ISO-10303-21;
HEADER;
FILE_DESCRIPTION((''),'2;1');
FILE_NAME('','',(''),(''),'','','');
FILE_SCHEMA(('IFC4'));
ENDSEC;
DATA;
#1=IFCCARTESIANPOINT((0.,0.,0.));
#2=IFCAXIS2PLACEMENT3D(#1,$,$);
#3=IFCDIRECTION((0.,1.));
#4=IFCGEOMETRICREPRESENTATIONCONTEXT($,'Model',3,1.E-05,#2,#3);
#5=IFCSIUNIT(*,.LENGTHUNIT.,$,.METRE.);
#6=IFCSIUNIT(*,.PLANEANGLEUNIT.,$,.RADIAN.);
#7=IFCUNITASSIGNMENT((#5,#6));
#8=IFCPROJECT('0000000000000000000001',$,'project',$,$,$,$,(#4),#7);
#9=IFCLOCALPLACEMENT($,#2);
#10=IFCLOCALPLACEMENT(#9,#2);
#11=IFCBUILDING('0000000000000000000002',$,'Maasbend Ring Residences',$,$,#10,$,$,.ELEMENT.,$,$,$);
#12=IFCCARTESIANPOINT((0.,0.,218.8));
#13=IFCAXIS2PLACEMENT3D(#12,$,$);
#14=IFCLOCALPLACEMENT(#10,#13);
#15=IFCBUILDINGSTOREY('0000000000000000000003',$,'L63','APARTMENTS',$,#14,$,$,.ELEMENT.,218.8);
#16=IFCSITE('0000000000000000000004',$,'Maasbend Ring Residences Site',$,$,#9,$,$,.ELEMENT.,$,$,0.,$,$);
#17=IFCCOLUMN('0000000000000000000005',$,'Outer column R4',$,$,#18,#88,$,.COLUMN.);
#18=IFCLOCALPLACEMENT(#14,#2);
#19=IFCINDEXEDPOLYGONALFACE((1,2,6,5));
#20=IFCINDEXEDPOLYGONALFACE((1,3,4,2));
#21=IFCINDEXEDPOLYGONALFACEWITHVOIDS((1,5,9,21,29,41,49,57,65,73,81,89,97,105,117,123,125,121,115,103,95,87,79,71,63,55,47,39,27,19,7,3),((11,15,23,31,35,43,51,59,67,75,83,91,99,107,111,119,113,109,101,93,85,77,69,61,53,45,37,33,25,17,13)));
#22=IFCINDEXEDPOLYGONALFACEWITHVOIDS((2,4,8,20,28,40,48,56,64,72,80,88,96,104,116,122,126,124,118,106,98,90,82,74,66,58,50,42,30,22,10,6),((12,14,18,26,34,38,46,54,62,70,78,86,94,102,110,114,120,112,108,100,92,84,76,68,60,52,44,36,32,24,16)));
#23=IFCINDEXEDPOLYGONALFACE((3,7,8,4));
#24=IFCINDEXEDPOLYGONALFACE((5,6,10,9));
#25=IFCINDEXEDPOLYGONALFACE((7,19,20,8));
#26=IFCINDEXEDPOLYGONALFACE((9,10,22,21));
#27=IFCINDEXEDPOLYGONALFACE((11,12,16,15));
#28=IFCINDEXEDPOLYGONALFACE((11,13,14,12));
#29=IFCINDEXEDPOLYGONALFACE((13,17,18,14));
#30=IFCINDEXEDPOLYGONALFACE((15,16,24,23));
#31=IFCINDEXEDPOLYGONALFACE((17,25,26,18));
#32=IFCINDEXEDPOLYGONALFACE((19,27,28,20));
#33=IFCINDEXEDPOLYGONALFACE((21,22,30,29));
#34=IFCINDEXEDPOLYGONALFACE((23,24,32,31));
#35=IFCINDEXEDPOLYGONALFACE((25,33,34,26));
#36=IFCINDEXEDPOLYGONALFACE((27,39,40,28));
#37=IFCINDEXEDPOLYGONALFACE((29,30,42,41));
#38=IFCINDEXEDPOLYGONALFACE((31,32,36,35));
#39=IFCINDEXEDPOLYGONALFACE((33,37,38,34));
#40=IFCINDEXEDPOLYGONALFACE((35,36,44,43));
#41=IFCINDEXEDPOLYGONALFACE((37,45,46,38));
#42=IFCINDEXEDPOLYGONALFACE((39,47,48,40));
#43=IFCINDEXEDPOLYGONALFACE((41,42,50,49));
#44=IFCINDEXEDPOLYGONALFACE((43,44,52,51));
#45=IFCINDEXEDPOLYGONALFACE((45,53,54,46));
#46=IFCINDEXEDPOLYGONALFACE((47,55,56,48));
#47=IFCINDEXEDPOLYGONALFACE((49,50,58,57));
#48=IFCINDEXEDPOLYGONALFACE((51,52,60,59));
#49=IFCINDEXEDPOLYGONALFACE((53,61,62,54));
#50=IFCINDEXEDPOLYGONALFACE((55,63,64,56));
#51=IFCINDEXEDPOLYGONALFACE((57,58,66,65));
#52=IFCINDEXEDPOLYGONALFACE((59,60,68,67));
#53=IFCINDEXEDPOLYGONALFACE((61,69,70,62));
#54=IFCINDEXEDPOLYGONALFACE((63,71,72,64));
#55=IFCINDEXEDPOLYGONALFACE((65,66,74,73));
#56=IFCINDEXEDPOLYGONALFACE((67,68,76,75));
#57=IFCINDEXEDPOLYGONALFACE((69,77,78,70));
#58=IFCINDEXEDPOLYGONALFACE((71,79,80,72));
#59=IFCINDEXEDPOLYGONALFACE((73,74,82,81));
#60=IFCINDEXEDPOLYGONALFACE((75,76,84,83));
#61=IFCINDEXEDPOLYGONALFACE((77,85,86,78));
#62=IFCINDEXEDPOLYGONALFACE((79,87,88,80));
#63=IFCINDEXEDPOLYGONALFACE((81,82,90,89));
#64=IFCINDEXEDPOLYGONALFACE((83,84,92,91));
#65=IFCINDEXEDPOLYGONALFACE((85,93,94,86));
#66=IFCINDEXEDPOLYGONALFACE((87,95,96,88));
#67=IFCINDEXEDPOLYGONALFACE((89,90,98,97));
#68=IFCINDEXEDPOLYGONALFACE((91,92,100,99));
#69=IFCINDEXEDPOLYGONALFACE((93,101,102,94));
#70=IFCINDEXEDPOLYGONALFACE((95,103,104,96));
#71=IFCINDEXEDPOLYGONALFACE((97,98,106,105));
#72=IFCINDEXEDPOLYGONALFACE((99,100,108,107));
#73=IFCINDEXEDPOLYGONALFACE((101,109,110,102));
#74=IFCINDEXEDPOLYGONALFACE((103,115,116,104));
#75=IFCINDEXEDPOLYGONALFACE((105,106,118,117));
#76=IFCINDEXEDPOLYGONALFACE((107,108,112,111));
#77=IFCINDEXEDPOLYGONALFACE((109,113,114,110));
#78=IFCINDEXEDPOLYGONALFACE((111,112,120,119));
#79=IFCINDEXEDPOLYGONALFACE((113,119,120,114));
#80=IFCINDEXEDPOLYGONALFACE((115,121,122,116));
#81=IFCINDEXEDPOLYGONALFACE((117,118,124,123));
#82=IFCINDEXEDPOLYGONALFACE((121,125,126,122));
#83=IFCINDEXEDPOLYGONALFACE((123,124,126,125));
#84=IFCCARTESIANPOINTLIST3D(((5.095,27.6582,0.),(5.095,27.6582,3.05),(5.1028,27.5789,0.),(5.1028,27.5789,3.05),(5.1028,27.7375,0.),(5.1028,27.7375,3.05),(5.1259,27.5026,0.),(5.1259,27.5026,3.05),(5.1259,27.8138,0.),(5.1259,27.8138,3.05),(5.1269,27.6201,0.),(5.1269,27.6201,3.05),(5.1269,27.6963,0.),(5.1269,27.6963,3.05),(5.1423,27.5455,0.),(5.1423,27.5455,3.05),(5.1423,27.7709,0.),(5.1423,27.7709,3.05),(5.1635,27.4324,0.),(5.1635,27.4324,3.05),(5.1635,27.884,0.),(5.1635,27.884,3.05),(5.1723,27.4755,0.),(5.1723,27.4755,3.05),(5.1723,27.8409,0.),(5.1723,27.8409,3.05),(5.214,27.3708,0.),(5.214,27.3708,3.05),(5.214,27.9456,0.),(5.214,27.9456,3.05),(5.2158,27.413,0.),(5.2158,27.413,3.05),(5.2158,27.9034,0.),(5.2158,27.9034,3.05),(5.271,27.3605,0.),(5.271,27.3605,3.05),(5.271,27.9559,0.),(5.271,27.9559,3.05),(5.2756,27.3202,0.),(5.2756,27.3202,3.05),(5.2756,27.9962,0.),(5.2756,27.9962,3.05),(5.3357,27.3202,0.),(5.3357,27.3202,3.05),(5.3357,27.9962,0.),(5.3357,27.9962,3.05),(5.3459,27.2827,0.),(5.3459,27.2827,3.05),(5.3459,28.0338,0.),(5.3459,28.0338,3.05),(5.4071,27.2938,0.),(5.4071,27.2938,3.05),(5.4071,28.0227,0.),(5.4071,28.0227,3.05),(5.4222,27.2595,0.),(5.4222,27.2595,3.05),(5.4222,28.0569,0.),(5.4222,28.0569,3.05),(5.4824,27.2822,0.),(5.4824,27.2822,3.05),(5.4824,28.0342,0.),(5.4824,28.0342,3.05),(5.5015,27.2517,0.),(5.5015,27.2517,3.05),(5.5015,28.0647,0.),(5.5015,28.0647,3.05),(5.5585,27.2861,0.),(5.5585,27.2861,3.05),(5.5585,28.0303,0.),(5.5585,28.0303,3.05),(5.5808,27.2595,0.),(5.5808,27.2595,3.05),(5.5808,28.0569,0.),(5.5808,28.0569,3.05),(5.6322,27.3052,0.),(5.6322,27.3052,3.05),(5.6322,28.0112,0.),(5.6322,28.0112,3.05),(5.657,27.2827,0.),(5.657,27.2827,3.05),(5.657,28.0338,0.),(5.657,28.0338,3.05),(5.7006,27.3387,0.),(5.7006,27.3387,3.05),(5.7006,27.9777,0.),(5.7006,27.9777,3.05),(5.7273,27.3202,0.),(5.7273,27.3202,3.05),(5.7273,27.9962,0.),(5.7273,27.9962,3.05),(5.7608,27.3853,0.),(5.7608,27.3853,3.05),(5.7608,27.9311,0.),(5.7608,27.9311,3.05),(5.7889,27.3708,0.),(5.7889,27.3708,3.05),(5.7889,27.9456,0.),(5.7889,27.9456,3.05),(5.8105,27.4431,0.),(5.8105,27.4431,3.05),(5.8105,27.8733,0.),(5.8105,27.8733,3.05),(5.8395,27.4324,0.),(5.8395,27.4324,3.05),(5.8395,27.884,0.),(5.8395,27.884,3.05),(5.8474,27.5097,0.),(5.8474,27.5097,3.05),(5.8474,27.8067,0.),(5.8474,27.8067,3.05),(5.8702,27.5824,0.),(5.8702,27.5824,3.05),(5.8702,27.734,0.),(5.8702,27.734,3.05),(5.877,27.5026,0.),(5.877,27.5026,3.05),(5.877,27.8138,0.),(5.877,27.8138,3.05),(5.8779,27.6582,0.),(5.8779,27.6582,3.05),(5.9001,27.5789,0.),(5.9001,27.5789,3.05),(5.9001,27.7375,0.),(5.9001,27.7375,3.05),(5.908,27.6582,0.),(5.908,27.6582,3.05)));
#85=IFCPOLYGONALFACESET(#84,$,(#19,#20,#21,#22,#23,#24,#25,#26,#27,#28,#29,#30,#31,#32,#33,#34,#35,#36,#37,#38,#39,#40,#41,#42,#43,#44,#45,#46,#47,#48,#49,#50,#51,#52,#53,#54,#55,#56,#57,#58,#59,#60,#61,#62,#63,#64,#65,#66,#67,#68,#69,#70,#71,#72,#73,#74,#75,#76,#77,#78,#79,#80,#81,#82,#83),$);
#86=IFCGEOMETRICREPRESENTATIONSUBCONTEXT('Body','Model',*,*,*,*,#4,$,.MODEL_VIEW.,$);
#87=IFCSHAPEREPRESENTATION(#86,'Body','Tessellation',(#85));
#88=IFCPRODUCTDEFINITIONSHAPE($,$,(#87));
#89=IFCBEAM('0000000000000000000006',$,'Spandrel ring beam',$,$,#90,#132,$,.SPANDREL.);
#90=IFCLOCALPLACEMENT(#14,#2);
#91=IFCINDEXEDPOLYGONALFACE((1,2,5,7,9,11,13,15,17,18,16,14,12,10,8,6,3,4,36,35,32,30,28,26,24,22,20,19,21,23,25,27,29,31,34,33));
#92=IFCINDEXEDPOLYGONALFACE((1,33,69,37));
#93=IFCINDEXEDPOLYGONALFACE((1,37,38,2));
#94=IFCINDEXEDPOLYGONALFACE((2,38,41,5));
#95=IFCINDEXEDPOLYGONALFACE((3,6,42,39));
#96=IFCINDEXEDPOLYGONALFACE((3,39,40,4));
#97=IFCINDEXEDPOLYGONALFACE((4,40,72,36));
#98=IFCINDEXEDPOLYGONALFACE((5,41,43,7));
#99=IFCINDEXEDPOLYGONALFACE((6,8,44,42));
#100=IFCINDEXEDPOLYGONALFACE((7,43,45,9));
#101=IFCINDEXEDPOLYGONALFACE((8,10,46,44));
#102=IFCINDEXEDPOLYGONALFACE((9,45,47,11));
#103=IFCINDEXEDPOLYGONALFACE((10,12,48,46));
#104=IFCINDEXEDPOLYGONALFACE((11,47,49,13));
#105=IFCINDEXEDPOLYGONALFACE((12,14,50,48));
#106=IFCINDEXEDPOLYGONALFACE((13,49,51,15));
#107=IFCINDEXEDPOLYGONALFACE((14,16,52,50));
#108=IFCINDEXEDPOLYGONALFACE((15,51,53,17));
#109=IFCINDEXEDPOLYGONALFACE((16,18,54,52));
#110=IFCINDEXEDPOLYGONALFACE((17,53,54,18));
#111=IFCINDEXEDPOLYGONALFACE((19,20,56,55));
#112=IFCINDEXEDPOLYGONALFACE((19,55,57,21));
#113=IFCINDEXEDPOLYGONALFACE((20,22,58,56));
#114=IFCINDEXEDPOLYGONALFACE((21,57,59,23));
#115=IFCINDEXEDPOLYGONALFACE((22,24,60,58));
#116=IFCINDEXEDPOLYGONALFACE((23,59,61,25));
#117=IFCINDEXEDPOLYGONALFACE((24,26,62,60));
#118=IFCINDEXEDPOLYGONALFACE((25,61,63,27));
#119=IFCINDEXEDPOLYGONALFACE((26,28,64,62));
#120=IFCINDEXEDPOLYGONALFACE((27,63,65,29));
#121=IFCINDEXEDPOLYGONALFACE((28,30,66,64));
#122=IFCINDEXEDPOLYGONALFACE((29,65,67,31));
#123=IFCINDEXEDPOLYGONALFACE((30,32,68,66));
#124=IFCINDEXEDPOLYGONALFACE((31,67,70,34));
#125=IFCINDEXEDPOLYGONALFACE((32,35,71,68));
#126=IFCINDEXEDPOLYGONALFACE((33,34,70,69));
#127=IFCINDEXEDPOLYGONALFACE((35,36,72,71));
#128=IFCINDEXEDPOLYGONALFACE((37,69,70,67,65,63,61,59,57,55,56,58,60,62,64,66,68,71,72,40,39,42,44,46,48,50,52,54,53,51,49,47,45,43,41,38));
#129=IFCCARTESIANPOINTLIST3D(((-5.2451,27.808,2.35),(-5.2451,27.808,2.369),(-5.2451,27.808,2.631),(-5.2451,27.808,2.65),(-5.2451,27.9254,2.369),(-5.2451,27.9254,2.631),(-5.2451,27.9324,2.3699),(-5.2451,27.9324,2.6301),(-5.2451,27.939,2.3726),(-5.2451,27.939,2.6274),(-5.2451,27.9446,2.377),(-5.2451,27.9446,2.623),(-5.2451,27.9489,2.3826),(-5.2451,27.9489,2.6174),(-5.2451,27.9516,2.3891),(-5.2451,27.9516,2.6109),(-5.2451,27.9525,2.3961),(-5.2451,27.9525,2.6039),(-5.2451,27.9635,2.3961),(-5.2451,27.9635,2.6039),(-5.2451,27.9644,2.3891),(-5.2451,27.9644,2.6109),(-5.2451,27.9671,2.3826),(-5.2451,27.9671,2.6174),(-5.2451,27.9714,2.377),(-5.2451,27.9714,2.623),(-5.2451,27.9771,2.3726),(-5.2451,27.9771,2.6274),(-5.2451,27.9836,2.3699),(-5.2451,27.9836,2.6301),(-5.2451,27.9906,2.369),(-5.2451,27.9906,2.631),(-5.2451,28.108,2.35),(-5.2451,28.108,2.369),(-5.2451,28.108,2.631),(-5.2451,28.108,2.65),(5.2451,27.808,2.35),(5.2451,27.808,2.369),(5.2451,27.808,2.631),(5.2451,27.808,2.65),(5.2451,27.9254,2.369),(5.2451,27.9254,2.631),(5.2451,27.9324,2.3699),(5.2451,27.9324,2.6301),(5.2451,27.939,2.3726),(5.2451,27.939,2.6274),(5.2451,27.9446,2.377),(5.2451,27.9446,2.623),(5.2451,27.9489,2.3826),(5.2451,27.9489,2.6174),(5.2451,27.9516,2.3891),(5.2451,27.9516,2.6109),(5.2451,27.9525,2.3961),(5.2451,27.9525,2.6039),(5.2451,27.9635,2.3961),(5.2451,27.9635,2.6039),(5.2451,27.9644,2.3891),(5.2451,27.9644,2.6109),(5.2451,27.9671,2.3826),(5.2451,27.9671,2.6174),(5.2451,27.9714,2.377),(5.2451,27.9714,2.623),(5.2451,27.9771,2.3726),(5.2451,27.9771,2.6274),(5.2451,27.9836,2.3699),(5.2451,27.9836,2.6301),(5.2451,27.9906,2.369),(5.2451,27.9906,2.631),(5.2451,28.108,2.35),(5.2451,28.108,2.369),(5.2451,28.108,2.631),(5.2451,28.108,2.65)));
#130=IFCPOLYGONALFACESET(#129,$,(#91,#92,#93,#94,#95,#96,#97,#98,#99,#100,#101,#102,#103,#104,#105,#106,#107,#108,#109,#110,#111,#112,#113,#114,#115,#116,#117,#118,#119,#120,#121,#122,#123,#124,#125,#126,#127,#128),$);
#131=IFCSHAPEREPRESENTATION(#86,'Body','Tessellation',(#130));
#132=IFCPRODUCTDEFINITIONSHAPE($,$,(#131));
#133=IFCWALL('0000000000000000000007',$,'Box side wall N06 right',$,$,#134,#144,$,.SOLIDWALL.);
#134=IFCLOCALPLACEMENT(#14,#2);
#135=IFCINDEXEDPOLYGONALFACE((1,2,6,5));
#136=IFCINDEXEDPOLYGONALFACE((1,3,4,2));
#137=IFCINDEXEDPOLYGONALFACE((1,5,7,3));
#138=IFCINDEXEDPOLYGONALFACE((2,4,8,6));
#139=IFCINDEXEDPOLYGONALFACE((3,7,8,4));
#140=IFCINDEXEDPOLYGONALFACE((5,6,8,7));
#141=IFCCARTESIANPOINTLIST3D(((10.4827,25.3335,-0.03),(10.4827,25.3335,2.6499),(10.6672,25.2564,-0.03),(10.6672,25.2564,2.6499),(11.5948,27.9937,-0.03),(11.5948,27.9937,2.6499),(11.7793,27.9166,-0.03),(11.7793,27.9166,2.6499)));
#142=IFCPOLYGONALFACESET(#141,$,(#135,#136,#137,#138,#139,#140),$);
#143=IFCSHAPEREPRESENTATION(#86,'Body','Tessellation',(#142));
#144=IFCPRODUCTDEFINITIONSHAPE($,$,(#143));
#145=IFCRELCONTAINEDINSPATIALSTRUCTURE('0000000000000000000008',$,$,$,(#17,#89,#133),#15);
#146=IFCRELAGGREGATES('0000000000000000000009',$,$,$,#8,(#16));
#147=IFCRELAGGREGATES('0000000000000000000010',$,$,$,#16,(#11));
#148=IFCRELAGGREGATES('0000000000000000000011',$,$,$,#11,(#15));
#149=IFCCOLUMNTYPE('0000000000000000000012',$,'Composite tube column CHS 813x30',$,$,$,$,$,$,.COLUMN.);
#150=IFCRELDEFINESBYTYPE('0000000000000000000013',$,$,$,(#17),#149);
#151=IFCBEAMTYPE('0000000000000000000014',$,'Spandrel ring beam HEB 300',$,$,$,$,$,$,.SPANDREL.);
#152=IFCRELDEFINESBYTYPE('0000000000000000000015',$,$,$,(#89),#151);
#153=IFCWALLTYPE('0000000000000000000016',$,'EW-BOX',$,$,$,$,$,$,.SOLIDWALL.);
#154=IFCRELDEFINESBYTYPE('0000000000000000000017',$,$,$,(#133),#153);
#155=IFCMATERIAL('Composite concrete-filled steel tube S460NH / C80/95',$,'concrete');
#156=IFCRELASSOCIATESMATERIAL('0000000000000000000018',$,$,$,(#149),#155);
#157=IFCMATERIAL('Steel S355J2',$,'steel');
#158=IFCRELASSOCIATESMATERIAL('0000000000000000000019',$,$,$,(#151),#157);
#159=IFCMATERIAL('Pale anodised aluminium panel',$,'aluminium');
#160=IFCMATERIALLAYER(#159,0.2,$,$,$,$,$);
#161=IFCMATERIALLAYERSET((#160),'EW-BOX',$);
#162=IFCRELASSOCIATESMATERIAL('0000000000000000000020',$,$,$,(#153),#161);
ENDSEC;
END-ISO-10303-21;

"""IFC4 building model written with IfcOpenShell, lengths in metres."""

from ifc_helpers import new_model, si_unit, direction, frame, frame_2d, origin, origin_2d, place, context, subcontext, project, spatial, rectangle, hollow_circle, i_section, extrude, material, layer, layer_set, material_profile, profile_set, type_object, element, save


model = new_model("IFC4")

# Units and contexts
model_context = context("Model", 3, precision=1e-05, world=origin(), true_north=direction((0.0, 1.0)))
body_context = subcontext(model_context, "Body", "Model", "MODEL_VIEW")
ifc_project = project(units=[si_unit("LENGTHUNIT", "METRE"), si_unit("PLANEANGLEUNIT", "RADIAN")], contexts=[model_context])

# Site, building, storey
site_placement = place(None, origin())
site = spatial("IfcSite", under=ifc_project, at=site_placement, Name="Maasbend Ring Residences Site", CompositionType="ELEMENT", RefElevation=0.0)
building_placement = place(site_placement, origin())
building = spatial("IfcBuilding", under=site, at=building_placement, Name="Maasbend Ring Residences", CompositionType="ELEMENT")
storey_placement = place(building_placement, frame((0.0, 0.0, 218.8)))
storey = spatial("IfcBuildingStorey", under=building, at=storey_placement, Name="L63", Description="APARTMENTS", CompositionType="ELEMENT", Elevation=218.8)

# Column
ifc_material_1 = material(Name="Composite concrete-filled steel tube S460NH / C80/95", Category="concrete")
ifc_material_profile_1 = material_profile(ifc_material_1, hollow_circle(Radius=0.4065, WallThickness=0.03, at=origin_2d()), Name="Composite tube column CHS 813x30")
ifc_profile_set_1 = profile_set([ifc_material_profile_1], Name="Composite concrete-filled steel tube S460NH / C80/95")
column_type = type_object("IfcColumnType", Name="Composite tube column CHS 813x30", PredefinedType="COLUMN", material=ifc_profile_set_1)
column_placement = place(storey_placement, frame((5.5015, 27.6582, 0.0), z_axis=(0.0, 0.0, 1.0), x_axis=(1.0, 0.0, 0.0)))
element("IfcColumn", 1, at=column_placement, inside=storey, type_object=column_type, Name="Outer column R4", PredefinedType="COLUMN", context=body_context, shape_type="SweptSolid", body=[
    extrude(hollow_circle(Radius=0.4065, WallThickness=0.03, at=origin_2d()), origin(), (0.0, 0.0, 1.0), 3.05),
])

# Beam
ifc_material_2 = material(Name="Steel S355J2", Category="steel")
ifc_material_profile_2 = material_profile(ifc_material_2, i_section(OverallWidth=0.3, OverallDepth=0.3, WebThickness=0.011, FlangeThickness=0.019, FilletRadius=0.0271, at=origin_2d()), Name="HEB 300")
ifc_profile_set_2 = profile_set([ifc_material_profile_2], Name="Steel S355J2")
beam_type = type_object("IfcBeamType", Name="Spandrel ring beam HEB 300", PredefinedType="SPANDREL", material=ifc_profile_set_2)
beam_placement = place(storey_placement, frame((5.2451, 27.958, 2.5), z_axis=(-1.0, 0.0, 0.0), x_axis=(0.0, -1.0, 0.0)))
element("IfcBeam", 2, at=beam_placement, inside=storey, type_object=beam_type, Name="Spandrel ring beam", PredefinedType="SPANDREL", context=body_context, shape_type="SweptSolid", body=[
    extrude(i_section(OverallWidth=0.3, OverallDepth=0.3, WebThickness=0.011, FlangeThickness=0.019, FilletRadius=0.0271, at=origin_2d()), origin(), (0.0, 0.0, 1.0), 10.4902),
])

# Wall
ifc_material_3 = material(Name="Pale anodised aluminium panel", Category="aluminium")
ifc_layer_1 = layer(ifc_material_3, 0.2)
ifc_layer_set_1 = layer_set([ifc_layer_1], Name="EW-BOX")
wall_type_1 = type_object("IfcWallType", Name="EW-BOX", PredefinedType="SOLIDWALL", material=ifc_layer_set_1)
wall_1_placement = place(storey_placement, frame((10.575, 25.2949, -0.03), z_axis=(0.0, 0.0, 1.0), x_axis=(0.385697, 0.922625, 0.0)))
element("IfcWall", 3, at=wall_1_placement, inside=storey, type_object=wall_type_1, Name="Box side wall N06 right", PredefinedType="SOLIDWALL", context=body_context, shape_type="SweptSolid", body=[
    extrude(rectangle(XDim=2.8833, YDim=0.2, at=frame_2d((1.4417, 0.0))), origin(), (0.0, 0.0, 1.0), 2.6799),
])

save(model, "model.ifc")
